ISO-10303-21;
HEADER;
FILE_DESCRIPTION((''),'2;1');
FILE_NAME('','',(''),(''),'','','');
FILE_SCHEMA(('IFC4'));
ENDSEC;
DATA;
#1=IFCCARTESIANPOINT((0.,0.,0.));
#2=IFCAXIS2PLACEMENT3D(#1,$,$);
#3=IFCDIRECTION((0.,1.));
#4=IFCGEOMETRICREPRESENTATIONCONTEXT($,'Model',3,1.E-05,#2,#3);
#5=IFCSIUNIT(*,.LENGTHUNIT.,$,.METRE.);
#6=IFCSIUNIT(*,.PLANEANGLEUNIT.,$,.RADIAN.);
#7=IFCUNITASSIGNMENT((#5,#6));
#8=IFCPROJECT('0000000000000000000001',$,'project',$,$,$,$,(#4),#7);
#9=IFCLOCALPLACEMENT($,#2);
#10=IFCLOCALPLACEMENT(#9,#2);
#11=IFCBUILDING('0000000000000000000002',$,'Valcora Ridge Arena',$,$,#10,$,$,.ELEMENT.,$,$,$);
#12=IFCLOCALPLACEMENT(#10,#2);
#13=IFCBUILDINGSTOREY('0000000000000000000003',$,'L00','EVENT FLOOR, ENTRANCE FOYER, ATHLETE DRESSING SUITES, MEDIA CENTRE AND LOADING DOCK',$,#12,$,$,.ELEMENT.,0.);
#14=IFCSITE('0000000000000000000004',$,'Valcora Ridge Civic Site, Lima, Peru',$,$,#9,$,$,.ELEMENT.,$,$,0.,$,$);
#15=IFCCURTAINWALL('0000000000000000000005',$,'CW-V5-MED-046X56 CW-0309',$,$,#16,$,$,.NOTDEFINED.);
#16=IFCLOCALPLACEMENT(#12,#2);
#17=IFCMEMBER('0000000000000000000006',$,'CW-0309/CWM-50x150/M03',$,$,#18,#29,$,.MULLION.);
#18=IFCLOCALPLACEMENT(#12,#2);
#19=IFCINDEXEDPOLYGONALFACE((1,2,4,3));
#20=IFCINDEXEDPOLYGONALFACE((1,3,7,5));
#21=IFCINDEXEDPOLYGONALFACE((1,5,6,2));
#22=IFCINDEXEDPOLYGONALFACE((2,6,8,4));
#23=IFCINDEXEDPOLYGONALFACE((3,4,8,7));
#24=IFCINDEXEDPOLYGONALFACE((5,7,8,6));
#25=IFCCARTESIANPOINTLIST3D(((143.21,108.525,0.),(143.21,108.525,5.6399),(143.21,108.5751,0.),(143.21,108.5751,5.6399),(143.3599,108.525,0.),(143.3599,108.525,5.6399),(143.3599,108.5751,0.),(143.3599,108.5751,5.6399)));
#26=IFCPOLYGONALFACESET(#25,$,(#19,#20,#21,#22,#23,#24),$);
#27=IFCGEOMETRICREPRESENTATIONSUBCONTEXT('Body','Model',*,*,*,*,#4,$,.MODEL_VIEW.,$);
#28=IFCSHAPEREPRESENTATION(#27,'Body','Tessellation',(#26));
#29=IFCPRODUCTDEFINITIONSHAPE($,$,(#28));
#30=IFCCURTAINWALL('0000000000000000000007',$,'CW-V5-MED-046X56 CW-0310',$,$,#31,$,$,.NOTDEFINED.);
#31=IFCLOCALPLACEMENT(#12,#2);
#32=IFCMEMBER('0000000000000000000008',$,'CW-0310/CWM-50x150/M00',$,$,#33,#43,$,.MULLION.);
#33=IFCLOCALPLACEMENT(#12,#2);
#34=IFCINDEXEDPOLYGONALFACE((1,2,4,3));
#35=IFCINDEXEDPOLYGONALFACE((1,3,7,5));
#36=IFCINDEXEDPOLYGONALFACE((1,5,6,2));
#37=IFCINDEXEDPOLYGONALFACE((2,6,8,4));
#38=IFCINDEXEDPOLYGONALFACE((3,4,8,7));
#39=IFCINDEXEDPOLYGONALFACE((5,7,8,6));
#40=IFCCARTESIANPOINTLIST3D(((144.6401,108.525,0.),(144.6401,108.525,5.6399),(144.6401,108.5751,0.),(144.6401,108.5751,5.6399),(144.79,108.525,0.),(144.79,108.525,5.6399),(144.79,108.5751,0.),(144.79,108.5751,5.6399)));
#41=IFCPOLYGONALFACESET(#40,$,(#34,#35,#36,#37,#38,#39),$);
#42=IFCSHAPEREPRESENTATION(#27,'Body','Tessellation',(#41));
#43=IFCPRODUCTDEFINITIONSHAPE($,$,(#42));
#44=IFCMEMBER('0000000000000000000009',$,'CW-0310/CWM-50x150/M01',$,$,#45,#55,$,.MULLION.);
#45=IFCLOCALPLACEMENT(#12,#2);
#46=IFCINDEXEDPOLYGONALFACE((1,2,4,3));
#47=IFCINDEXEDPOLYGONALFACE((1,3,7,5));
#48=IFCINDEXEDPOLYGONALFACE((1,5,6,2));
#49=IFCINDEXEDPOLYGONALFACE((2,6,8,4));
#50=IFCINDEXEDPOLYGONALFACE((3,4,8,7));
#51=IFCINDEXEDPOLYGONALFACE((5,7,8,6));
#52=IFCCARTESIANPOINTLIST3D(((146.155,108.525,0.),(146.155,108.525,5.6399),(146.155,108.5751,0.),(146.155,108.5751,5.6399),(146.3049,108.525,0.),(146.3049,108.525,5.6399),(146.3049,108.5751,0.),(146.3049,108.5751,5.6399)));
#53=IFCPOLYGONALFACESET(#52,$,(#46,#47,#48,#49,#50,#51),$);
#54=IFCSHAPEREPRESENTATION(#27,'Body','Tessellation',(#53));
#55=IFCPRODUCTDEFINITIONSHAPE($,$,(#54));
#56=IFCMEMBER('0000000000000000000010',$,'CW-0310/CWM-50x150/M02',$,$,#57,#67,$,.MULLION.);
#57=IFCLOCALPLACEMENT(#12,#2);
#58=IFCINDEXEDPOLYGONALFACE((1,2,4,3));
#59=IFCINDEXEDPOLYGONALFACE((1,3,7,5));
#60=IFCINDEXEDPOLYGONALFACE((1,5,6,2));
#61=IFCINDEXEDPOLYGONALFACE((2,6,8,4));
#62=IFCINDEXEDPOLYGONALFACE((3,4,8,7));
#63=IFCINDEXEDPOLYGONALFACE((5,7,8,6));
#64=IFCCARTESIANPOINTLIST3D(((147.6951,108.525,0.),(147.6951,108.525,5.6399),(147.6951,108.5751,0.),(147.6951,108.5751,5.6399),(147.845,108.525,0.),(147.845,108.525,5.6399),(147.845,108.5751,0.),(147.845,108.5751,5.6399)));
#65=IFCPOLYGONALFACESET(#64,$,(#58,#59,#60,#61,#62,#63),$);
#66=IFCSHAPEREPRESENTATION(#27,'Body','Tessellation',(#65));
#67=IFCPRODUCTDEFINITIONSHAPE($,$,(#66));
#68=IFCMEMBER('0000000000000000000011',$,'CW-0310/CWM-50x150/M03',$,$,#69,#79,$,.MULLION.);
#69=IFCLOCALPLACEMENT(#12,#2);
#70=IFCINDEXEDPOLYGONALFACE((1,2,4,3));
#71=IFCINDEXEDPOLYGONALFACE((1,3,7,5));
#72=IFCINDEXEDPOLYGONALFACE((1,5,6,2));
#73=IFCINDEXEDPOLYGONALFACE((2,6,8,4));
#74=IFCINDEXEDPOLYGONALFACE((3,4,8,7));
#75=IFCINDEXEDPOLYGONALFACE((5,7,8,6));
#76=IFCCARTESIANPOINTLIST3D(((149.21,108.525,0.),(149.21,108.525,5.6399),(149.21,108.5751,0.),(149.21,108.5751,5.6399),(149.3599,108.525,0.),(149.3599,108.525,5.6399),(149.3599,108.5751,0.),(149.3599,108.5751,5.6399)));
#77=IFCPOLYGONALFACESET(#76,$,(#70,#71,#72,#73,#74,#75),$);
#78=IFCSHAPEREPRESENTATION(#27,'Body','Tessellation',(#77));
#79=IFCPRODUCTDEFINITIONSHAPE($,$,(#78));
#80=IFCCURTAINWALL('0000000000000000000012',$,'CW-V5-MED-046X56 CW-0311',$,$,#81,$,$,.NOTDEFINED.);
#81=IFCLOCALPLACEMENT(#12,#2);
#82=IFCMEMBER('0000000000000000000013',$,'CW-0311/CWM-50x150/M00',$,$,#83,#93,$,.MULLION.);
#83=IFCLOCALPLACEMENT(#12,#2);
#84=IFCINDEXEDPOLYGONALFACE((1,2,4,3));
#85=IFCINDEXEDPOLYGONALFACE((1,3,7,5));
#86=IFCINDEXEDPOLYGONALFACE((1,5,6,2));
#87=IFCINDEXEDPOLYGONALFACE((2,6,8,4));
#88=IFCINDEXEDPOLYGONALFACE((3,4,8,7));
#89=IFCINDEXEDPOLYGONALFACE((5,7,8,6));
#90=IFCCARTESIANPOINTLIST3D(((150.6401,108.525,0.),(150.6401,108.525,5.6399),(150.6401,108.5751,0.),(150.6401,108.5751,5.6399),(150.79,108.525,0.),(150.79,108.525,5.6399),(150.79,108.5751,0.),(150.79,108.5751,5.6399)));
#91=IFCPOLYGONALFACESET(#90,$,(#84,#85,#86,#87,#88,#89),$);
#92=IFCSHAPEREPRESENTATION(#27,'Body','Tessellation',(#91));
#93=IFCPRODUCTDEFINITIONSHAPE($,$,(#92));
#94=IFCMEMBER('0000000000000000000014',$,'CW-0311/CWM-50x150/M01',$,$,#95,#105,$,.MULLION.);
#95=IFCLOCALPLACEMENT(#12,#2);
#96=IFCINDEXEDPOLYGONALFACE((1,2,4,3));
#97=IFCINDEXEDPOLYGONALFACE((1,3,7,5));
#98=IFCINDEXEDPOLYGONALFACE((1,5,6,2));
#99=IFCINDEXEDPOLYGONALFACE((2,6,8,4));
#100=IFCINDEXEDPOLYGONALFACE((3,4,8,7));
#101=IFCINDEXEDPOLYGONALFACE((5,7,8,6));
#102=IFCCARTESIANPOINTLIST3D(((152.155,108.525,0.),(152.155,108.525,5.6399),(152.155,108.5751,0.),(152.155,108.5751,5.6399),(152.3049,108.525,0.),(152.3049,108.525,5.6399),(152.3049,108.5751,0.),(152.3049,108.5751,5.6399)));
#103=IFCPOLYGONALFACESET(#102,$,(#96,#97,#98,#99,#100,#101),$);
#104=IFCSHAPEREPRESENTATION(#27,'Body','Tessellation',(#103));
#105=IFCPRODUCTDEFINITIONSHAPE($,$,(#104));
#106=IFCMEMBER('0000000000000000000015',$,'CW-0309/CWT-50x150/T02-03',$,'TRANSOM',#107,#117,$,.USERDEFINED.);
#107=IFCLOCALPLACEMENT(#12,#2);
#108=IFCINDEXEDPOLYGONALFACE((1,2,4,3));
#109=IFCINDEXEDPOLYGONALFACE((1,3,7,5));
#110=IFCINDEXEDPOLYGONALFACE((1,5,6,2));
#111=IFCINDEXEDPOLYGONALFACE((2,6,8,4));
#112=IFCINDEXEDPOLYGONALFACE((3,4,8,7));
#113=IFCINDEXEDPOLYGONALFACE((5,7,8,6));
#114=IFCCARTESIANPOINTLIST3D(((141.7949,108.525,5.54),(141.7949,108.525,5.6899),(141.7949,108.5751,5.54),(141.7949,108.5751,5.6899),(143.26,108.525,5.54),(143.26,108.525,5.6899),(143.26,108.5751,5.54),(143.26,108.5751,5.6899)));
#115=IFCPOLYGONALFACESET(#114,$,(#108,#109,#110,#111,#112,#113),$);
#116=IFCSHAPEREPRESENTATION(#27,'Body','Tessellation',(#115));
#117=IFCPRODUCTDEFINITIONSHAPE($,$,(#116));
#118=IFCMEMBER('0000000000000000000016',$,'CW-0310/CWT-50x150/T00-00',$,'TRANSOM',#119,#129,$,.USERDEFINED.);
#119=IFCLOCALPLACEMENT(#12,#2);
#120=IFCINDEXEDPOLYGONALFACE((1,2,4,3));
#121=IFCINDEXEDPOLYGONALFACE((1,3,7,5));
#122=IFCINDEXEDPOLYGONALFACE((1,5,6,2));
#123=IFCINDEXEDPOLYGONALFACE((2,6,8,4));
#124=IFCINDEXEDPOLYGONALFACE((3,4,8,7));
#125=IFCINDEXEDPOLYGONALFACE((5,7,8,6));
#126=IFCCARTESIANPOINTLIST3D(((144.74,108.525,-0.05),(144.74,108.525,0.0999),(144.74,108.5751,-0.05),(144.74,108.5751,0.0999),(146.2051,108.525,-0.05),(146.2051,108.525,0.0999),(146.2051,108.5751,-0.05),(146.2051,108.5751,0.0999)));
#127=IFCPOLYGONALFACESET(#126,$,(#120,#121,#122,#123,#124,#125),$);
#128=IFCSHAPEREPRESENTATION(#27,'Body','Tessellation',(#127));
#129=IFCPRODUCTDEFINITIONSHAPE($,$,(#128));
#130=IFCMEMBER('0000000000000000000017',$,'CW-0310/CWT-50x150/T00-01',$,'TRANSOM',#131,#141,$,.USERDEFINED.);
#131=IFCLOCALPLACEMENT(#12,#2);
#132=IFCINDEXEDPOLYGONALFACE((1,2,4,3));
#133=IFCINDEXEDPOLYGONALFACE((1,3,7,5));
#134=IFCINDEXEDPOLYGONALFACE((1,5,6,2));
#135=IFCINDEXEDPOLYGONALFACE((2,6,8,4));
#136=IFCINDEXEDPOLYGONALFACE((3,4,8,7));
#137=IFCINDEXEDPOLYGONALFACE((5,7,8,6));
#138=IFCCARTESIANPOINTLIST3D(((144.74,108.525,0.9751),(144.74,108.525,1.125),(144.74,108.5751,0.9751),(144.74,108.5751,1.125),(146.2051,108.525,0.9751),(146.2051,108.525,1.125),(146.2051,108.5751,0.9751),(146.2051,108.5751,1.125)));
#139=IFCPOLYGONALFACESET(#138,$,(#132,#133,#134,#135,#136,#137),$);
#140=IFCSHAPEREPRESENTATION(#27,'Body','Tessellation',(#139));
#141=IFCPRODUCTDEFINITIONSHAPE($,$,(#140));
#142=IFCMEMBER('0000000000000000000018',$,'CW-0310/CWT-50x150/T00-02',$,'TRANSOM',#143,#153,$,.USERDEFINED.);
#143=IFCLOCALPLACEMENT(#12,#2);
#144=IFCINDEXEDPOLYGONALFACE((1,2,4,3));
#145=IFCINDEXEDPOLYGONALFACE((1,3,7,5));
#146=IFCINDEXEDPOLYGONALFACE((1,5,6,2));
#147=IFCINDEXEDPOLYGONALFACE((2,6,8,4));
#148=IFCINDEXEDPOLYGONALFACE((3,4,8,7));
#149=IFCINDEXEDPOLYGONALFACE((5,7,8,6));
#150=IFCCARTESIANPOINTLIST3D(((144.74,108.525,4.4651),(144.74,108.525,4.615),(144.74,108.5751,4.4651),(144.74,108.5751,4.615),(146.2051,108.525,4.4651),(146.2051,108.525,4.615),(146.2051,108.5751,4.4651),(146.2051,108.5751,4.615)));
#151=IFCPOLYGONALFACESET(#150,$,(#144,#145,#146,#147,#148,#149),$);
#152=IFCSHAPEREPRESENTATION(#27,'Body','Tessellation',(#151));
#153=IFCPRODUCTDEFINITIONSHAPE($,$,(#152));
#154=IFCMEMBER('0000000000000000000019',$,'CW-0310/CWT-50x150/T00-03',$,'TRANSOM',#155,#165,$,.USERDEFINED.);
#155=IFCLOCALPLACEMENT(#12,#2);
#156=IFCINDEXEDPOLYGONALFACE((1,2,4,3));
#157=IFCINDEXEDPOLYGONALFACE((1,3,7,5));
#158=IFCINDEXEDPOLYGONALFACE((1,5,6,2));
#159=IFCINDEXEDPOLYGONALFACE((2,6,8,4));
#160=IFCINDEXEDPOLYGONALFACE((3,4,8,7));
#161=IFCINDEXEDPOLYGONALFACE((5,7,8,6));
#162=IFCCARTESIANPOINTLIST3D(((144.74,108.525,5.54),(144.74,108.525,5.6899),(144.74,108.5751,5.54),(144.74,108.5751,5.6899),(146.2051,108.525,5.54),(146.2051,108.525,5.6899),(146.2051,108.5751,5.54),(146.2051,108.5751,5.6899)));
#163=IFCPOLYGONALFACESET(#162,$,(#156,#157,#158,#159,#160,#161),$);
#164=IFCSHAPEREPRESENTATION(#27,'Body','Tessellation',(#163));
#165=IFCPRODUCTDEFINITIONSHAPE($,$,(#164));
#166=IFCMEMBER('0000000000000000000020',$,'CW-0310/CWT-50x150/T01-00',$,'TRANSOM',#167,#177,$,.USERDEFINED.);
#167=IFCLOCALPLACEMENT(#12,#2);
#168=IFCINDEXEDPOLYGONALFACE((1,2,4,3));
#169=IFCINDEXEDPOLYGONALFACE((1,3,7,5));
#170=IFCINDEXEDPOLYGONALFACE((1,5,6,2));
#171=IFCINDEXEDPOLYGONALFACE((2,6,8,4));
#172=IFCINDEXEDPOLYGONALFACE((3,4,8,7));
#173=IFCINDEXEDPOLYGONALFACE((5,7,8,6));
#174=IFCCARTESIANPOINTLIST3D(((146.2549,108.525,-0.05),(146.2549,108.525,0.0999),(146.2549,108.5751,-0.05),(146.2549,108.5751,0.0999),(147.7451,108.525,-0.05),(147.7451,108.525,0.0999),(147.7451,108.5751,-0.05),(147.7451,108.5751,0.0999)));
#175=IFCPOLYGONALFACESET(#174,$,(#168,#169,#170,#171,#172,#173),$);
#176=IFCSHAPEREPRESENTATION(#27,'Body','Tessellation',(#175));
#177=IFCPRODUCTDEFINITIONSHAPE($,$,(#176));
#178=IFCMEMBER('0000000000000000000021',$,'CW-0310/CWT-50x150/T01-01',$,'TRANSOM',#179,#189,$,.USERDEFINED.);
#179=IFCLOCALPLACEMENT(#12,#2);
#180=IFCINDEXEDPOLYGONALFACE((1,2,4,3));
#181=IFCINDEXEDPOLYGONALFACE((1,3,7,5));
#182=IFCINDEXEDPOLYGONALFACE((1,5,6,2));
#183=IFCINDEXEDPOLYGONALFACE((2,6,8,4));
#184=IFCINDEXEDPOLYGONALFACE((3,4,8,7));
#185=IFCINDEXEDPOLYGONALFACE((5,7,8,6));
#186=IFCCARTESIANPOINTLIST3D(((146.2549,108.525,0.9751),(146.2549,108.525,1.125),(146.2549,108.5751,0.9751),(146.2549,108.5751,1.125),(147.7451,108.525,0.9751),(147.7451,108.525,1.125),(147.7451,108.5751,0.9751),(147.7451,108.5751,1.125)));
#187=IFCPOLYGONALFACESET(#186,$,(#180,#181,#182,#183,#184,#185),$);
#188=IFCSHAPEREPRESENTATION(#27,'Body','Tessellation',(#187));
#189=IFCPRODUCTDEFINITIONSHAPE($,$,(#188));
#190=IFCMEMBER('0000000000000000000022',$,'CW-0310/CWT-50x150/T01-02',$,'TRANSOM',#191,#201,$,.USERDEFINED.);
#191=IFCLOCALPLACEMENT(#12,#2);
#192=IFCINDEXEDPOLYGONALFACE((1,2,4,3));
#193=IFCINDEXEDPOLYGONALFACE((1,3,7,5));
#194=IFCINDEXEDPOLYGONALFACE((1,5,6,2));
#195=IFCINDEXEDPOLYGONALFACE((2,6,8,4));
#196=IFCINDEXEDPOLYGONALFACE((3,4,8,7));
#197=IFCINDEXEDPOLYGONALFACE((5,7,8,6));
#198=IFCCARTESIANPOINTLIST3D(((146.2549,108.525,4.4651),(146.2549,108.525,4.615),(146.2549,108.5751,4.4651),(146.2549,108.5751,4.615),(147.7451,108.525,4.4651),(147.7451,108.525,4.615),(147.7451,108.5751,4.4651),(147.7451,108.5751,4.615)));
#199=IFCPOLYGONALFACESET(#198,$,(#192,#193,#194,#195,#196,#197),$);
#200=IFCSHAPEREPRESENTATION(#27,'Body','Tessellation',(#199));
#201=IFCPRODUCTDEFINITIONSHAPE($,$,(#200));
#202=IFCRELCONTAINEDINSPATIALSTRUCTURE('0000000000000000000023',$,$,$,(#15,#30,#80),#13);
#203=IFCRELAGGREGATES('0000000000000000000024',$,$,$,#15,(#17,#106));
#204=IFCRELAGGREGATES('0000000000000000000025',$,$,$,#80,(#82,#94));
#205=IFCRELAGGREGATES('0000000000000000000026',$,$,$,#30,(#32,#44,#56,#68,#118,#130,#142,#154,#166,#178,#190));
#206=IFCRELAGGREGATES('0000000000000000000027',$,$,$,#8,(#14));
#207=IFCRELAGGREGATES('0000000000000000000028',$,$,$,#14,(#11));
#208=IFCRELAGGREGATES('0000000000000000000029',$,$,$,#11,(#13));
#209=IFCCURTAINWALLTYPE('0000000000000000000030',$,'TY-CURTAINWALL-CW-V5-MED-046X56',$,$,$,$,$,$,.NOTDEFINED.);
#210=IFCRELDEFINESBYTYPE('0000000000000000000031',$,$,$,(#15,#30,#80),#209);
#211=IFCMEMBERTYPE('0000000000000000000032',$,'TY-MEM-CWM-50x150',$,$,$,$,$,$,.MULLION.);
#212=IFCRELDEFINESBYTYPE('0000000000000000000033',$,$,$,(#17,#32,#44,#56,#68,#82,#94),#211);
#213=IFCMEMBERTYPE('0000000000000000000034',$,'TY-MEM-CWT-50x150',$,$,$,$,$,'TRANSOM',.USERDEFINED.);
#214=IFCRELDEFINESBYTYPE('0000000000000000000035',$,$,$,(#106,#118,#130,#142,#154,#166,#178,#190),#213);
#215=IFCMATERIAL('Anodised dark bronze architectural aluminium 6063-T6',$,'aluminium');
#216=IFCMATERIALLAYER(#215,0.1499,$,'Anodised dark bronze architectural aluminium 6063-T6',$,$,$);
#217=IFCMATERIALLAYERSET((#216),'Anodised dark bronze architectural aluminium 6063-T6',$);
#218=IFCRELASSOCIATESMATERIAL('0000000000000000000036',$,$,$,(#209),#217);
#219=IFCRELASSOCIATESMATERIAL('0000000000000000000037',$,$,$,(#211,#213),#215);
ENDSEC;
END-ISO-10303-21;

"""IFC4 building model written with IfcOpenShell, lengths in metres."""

from ifc_helpers import new_model, si_unit, direction, frame, origin, origin_2d, place, context, subcontext, project, spatial, rectangle, extrude, material, layer, layer_set, material_profile, profile_set, type_object, element, aggregate, save


model = new_model("IFC4")

# Units and contexts
model_context = context("Model", 3, precision=1e-05, world=origin(), true_north=direction((0.0, 1.0)))
body_context = subcontext(model_context, "Body", "Model", "MODEL_VIEW")
ifc_project = project(units=[si_unit("LENGTHUNIT", "METRE"), si_unit("PLANEANGLEUNIT", "RADIAN")], contexts=[model_context])

# Site, building, storey
site_placement = place(None, origin())
site = spatial("IfcSite", under=ifc_project, at=site_placement, Name="Valcora Ridge Civic Site, Lima, Peru", CompositionType="ELEMENT", RefElevation=0.0)
building_placement = place(site_placement, origin())
building = spatial("IfcBuilding", under=site, at=building_placement, Name="Valcora Ridge Arena", CompositionType="ELEMENT")
storey_placement = place(building_placement, origin())
storey = spatial("IfcBuildingStorey", under=building, at=storey_placement, Name="L00", Description="EVENT FLOOR, ENTRANCE FOYER, ATHLETE DRESSING SUITES, MEDIA CENTRE AND LOADING DOCK", CompositionType="ELEMENT", Elevation=0.0)

# Curtain wall, member
ifc_material_1 = material(Name="Anodised dark bronze architectural aluminium 6063-T6", Category="aluminium")
ifc_layer_1 = layer(ifc_material_1, 0.1499, Name="Anodised dark bronze architectural aluminium 6063-T6")
ifc_layer_set_1 = layer_set([ifc_layer_1], Name="Anodised dark bronze architectural aluminium 6063-T6")
curtain_wall_type = type_object("IfcCurtainWallType", Name="TY-CURTAINWALL-CW-V5-MED-046X56", PredefinedType="NOTDEFINED", material=ifc_layer_set_1)
curtain_wall_1_placement = place(storey_placement, origin())
curtain_wall_1 = element("IfcCurtainWall", 1, at=curtain_wall_1_placement, inside=storey, type_object=curtain_wall_type, Name="CW-V5-MED-046X56 CW-0309", PredefinedType="NOTDEFINED")
ifc_material_profile_1 = material_profile(ifc_material_1, rectangle(XDim=0.05, YDim=0.1499, at=origin_2d()), Name="ALU MULLION 50x150")
ifc_profile_set_1 = profile_set([ifc_material_profile_1], Name="Anodised dark bronze architectural aluminium 6063-T6")
member_type_1 = type_object("IfcMemberType", Name="TY-MEM-CWM-50x150", PredefinedType="MULLION", material=ifc_profile_set_1)
member_1_placement = place(storey_placement, frame((143.2849, 108.55, 0.0), z_axis=(0.0, 0.0, 1.0), x_axis=(0.0, 1.0, 0.0)))
member_1 = element("IfcMember", 2, at=member_1_placement, type_object=member_type_1, Name="CW-0309/CWM-50x150/M03", PredefinedType="MULLION", context=body_context, shape_type="SweptSolid", body=[
    extrude(rectangle(XDim=0.05, YDim=0.1499, at=origin_2d()), origin(), (0.0, 0.0, 1.0), 5.6399),
])

# Curtain walls, members
curtain_wall_2_placement = place(storey_placement, origin())
curtain_wall_2 = element("IfcCurtainWall", 3, at=curtain_wall_2_placement, inside=storey, type_object=curtain_wall_type, Name="CW-V5-MED-046X56 CW-0310", PredefinedType="NOTDEFINED")
member_2_placement = place(storey_placement, frame((144.7151, 108.55, 0.0), z_axis=(0.0, 0.0, 1.0), x_axis=(0.0, 1.0, 0.0)))
member_2 = element("IfcMember", 4, at=member_2_placement, type_object=member_type_1, Name="CW-0310/CWM-50x150/M00", PredefinedType="MULLION", context=body_context, shape_type="SweptSolid", body=[
    extrude(rectangle(XDim=0.05, YDim=0.1499, at=origin_2d()), origin(), (0.0, 0.0, 1.0), 5.6399),
])
member_3_placement = place(storey_placement, frame((146.23, 108.55, 0.0), z_axis=(0.0, 0.0, 1.0), x_axis=(0.0, 1.0, 0.0)))
member_3 = element("IfcMember", 5, at=member_3_placement, type_object=member_type_1, Name="CW-0310/CWM-50x150/M01", PredefinedType="MULLION", context=body_context, shape_type="SweptSolid", body=[
    extrude(rectangle(XDim=0.05, YDim=0.1499, at=origin_2d()), origin(), (0.0, 0.0, 1.0), 5.6399),
])
member_4_placement = place(storey_placement, frame((147.77, 108.55, 0.0), z_axis=(0.0, 0.0, 1.0), x_axis=(0.0, 1.0, 0.0)))
member_4 = element("IfcMember", 6, at=member_4_placement, type_object=member_type_1, Name="CW-0310/CWM-50x150/M02", PredefinedType="MULLION", context=body_context, shape_type="SweptSolid", body=[
    extrude(rectangle(XDim=0.05, YDim=0.1499, at=origin_2d()), origin(), (0.0, 0.0, 1.0), 5.6399),
])
member_5_placement = place(storey_placement, frame((149.2849, 108.55, 0.0), z_axis=(0.0, 0.0, 1.0), x_axis=(0.0, 1.0, 0.0)))
member_5 = element("IfcMember", 7, at=member_5_placement, type_object=member_type_1, Name="CW-0310/CWM-50x150/M03", PredefinedType="MULLION", context=body_context, shape_type="SweptSolid", body=[
    extrude(rectangle(XDim=0.05, YDim=0.1499, at=origin_2d()), origin(), (0.0, 0.0, 1.0), 5.6399),
])
curtain_wall_3_placement = place(storey_placement, origin())
curtain_wall_3 = element("IfcCurtainWall", 8, at=curtain_wall_3_placement, inside=storey, type_object=curtain_wall_type, Name="CW-V5-MED-046X56 CW-0311", PredefinedType="NOTDEFINED")
member_6_placement = place(storey_placement, frame((150.7151, 108.55, 0.0), z_axis=(0.0, 0.0, 1.0), x_axis=(0.0, 1.0, 0.0)))
member_6 = element("IfcMember", 9, at=member_6_placement, type_object=member_type_1, Name="CW-0311/CWM-50x150/M00", PredefinedType="MULLION", context=body_context, shape_type="SweptSolid", body=[
    extrude(rectangle(XDim=0.05, YDim=0.1499, at=origin_2d()), origin(), (0.0, 0.0, 1.0), 5.6399),
])
member_7_placement = place(storey_placement, frame((152.23, 108.55, 0.0), z_axis=(0.0, 0.0, 1.0), x_axis=(0.0, 1.0, 0.0)))
member_7 = element("IfcMember", 10, at=member_7_placement, type_object=member_type_1, Name="CW-0311/CWM-50x150/M01", PredefinedType="MULLION", context=body_context, shape_type="SweptSolid", body=[
    extrude(rectangle(XDim=0.05, YDim=0.1499, at=origin_2d()), origin(), (0.0, 0.0, 1.0), 5.6399),
])

# Members
ifc_material_profile_2 = material_profile(ifc_material_1, rectangle(XDim=0.05, YDim=0.1499, at=origin_2d()), Name="ALU TRANSOM 50x150")
ifc_profile_set_2 = profile_set([ifc_material_profile_2], Name="Anodised dark bronze architectural aluminium 6063-T6")
member_type_2 = type_object("IfcMemberType", Name="TY-MEM-CWT-50x150", ElementType="TRANSOM", PredefinedType="USERDEFINED", material=ifc_profile_set_2)
member_8_placement = place(storey_placement, frame((141.7949, 108.55, 5.615), z_axis=(1.0, 0.0, 0.0), x_axis=(0.0, 1.0, 0.0)))
member_8 = element("IfcMember", 11, at=member_8_placement, type_object=member_type_2, Name="CW-0309/CWT-50x150/T02-03", ObjectType="TRANSOM", PredefinedType="USERDEFINED", context=body_context, shape_type="SweptSolid", body=[
    extrude(rectangle(XDim=0.05, YDim=0.1499, at=origin_2d()), origin(), (0.0, 0.0, 1.0), 1.4651),
])
member_9_placement = place(storey_placement, frame((144.74, 108.55, 0.0249), z_axis=(1.0, 0.0, 0.0), x_axis=(0.0, 1.0, 0.0)))
member_9 = element("IfcMember", 12, at=member_9_placement, type_object=member_type_2, Name="CW-0310/CWT-50x150/T00-00", ObjectType="TRANSOM", PredefinedType="USERDEFINED", context=body_context, shape_type="SweptSolid", body=[
    extrude(rectangle(XDim=0.05, YDim=0.1499, at=origin_2d()), origin(), (0.0, 0.0, 1.0), 1.4651),
])
member_10_placement = place(storey_placement, frame((144.74, 108.55, 1.05), z_axis=(1.0, 0.0, 0.0), x_axis=(0.0, 1.0, 0.0)))
member_10 = element("IfcMember", 13, at=member_10_placement, type_object=member_type_2, Name="CW-0310/CWT-50x150/T00-01", ObjectType="TRANSOM", PredefinedType="USERDEFINED", context=body_context, shape_type="SweptSolid", body=[
    extrude(rectangle(XDim=0.05, YDim=0.1499, at=origin_2d()), origin(), (0.0, 0.0, 1.0), 1.4651),
])
member_11_placement = place(storey_placement, frame((144.74, 108.55, 4.54), z_axis=(1.0, 0.0, 0.0), x_axis=(0.0, 1.0, 0.0)))
member_11 = element("IfcMember", 14, at=member_11_placement, type_object=member_type_2, Name="CW-0310/CWT-50x150/T00-02", ObjectType="TRANSOM", PredefinedType="USERDEFINED", context=body_context, shape_type="SweptSolid", body=[
    extrude(rectangle(XDim=0.05, YDim=0.1499, at=origin_2d()), origin(), (0.0, 0.0, 1.0), 1.4651),
])
member_12_placement = place(storey_placement, frame((144.74, 108.55, 5.615), z_axis=(1.0, 0.0, 0.0), x_axis=(0.0, 1.0, 0.0)))
member_12 = element("IfcMember", 15, at=member_12_placement, type_object=member_type_2, Name="CW-0310/CWT-50x150/T00-03", ObjectType="TRANSOM", PredefinedType="USERDEFINED", context=body_context, shape_type="SweptSolid", body=[
    extrude(rectangle(XDim=0.05, YDim=0.1499, at=origin_2d()), origin(), (0.0, 0.0, 1.0), 1.4651),
])
member_13_placement = place(storey_placement, frame((146.2549, 108.55, 0.0249), z_axis=(1.0, 0.0, 0.0), x_axis=(0.0, 1.0, 0.0)))
member_13 = element("IfcMember", 16, at=member_13_placement, type_object=member_type_2, Name="CW-0310/CWT-50x150/T01-00", ObjectType="TRANSOM", PredefinedType="USERDEFINED", context=body_context, shape_type="SweptSolid", body=[
    extrude(rectangle(XDim=0.05, YDim=0.1499, at=origin_2d()), origin(), (0.0, 0.0, 1.0), 1.4902),
])
member_14_placement = place(storey_placement, frame((146.2549, 108.55, 1.05), z_axis=(1.0, 0.0, 0.0), x_axis=(0.0, 1.0, 0.0)))
member_14 = element("IfcMember", 17, at=member_14_placement, type_object=member_type_2, Name="CW-0310/CWT-50x150/T01-01", ObjectType="TRANSOM", PredefinedType="USERDEFINED", context=body_context, shape_type="SweptSolid", body=[
    extrude(rectangle(XDim=0.05, YDim=0.1499, at=origin_2d()), origin(), (0.0, 0.0, 1.0), 1.4902),
])
member_15_placement = place(storey_placement, frame((146.2549, 108.55, 4.54), z_axis=(1.0, 0.0, 0.0), x_axis=(0.0, 1.0, 0.0)))
member_15 = element("IfcMember", 18, at=member_15_placement, type_object=member_type_2, Name="CW-0310/CWT-50x150/T01-02", ObjectType="TRANSOM", PredefinedType="USERDEFINED", context=body_context, shape_type="SweptSolid", body=[
    extrude(rectangle(XDim=0.05, YDim=0.1499, at=origin_2d()), origin(), (0.0, 0.0, 1.0), 1.4902),
])

aggregate(curtain_wall_1, [member_1, member_8])
aggregate(curtain_wall_3, [member_6, member_7])
aggregate(curtain_wall_2, [member_2, member_3, member_4, member_5, member_9, member_10, member_11, member_12, member_13, member_14, member_15])

save(model, "model.ifc")
